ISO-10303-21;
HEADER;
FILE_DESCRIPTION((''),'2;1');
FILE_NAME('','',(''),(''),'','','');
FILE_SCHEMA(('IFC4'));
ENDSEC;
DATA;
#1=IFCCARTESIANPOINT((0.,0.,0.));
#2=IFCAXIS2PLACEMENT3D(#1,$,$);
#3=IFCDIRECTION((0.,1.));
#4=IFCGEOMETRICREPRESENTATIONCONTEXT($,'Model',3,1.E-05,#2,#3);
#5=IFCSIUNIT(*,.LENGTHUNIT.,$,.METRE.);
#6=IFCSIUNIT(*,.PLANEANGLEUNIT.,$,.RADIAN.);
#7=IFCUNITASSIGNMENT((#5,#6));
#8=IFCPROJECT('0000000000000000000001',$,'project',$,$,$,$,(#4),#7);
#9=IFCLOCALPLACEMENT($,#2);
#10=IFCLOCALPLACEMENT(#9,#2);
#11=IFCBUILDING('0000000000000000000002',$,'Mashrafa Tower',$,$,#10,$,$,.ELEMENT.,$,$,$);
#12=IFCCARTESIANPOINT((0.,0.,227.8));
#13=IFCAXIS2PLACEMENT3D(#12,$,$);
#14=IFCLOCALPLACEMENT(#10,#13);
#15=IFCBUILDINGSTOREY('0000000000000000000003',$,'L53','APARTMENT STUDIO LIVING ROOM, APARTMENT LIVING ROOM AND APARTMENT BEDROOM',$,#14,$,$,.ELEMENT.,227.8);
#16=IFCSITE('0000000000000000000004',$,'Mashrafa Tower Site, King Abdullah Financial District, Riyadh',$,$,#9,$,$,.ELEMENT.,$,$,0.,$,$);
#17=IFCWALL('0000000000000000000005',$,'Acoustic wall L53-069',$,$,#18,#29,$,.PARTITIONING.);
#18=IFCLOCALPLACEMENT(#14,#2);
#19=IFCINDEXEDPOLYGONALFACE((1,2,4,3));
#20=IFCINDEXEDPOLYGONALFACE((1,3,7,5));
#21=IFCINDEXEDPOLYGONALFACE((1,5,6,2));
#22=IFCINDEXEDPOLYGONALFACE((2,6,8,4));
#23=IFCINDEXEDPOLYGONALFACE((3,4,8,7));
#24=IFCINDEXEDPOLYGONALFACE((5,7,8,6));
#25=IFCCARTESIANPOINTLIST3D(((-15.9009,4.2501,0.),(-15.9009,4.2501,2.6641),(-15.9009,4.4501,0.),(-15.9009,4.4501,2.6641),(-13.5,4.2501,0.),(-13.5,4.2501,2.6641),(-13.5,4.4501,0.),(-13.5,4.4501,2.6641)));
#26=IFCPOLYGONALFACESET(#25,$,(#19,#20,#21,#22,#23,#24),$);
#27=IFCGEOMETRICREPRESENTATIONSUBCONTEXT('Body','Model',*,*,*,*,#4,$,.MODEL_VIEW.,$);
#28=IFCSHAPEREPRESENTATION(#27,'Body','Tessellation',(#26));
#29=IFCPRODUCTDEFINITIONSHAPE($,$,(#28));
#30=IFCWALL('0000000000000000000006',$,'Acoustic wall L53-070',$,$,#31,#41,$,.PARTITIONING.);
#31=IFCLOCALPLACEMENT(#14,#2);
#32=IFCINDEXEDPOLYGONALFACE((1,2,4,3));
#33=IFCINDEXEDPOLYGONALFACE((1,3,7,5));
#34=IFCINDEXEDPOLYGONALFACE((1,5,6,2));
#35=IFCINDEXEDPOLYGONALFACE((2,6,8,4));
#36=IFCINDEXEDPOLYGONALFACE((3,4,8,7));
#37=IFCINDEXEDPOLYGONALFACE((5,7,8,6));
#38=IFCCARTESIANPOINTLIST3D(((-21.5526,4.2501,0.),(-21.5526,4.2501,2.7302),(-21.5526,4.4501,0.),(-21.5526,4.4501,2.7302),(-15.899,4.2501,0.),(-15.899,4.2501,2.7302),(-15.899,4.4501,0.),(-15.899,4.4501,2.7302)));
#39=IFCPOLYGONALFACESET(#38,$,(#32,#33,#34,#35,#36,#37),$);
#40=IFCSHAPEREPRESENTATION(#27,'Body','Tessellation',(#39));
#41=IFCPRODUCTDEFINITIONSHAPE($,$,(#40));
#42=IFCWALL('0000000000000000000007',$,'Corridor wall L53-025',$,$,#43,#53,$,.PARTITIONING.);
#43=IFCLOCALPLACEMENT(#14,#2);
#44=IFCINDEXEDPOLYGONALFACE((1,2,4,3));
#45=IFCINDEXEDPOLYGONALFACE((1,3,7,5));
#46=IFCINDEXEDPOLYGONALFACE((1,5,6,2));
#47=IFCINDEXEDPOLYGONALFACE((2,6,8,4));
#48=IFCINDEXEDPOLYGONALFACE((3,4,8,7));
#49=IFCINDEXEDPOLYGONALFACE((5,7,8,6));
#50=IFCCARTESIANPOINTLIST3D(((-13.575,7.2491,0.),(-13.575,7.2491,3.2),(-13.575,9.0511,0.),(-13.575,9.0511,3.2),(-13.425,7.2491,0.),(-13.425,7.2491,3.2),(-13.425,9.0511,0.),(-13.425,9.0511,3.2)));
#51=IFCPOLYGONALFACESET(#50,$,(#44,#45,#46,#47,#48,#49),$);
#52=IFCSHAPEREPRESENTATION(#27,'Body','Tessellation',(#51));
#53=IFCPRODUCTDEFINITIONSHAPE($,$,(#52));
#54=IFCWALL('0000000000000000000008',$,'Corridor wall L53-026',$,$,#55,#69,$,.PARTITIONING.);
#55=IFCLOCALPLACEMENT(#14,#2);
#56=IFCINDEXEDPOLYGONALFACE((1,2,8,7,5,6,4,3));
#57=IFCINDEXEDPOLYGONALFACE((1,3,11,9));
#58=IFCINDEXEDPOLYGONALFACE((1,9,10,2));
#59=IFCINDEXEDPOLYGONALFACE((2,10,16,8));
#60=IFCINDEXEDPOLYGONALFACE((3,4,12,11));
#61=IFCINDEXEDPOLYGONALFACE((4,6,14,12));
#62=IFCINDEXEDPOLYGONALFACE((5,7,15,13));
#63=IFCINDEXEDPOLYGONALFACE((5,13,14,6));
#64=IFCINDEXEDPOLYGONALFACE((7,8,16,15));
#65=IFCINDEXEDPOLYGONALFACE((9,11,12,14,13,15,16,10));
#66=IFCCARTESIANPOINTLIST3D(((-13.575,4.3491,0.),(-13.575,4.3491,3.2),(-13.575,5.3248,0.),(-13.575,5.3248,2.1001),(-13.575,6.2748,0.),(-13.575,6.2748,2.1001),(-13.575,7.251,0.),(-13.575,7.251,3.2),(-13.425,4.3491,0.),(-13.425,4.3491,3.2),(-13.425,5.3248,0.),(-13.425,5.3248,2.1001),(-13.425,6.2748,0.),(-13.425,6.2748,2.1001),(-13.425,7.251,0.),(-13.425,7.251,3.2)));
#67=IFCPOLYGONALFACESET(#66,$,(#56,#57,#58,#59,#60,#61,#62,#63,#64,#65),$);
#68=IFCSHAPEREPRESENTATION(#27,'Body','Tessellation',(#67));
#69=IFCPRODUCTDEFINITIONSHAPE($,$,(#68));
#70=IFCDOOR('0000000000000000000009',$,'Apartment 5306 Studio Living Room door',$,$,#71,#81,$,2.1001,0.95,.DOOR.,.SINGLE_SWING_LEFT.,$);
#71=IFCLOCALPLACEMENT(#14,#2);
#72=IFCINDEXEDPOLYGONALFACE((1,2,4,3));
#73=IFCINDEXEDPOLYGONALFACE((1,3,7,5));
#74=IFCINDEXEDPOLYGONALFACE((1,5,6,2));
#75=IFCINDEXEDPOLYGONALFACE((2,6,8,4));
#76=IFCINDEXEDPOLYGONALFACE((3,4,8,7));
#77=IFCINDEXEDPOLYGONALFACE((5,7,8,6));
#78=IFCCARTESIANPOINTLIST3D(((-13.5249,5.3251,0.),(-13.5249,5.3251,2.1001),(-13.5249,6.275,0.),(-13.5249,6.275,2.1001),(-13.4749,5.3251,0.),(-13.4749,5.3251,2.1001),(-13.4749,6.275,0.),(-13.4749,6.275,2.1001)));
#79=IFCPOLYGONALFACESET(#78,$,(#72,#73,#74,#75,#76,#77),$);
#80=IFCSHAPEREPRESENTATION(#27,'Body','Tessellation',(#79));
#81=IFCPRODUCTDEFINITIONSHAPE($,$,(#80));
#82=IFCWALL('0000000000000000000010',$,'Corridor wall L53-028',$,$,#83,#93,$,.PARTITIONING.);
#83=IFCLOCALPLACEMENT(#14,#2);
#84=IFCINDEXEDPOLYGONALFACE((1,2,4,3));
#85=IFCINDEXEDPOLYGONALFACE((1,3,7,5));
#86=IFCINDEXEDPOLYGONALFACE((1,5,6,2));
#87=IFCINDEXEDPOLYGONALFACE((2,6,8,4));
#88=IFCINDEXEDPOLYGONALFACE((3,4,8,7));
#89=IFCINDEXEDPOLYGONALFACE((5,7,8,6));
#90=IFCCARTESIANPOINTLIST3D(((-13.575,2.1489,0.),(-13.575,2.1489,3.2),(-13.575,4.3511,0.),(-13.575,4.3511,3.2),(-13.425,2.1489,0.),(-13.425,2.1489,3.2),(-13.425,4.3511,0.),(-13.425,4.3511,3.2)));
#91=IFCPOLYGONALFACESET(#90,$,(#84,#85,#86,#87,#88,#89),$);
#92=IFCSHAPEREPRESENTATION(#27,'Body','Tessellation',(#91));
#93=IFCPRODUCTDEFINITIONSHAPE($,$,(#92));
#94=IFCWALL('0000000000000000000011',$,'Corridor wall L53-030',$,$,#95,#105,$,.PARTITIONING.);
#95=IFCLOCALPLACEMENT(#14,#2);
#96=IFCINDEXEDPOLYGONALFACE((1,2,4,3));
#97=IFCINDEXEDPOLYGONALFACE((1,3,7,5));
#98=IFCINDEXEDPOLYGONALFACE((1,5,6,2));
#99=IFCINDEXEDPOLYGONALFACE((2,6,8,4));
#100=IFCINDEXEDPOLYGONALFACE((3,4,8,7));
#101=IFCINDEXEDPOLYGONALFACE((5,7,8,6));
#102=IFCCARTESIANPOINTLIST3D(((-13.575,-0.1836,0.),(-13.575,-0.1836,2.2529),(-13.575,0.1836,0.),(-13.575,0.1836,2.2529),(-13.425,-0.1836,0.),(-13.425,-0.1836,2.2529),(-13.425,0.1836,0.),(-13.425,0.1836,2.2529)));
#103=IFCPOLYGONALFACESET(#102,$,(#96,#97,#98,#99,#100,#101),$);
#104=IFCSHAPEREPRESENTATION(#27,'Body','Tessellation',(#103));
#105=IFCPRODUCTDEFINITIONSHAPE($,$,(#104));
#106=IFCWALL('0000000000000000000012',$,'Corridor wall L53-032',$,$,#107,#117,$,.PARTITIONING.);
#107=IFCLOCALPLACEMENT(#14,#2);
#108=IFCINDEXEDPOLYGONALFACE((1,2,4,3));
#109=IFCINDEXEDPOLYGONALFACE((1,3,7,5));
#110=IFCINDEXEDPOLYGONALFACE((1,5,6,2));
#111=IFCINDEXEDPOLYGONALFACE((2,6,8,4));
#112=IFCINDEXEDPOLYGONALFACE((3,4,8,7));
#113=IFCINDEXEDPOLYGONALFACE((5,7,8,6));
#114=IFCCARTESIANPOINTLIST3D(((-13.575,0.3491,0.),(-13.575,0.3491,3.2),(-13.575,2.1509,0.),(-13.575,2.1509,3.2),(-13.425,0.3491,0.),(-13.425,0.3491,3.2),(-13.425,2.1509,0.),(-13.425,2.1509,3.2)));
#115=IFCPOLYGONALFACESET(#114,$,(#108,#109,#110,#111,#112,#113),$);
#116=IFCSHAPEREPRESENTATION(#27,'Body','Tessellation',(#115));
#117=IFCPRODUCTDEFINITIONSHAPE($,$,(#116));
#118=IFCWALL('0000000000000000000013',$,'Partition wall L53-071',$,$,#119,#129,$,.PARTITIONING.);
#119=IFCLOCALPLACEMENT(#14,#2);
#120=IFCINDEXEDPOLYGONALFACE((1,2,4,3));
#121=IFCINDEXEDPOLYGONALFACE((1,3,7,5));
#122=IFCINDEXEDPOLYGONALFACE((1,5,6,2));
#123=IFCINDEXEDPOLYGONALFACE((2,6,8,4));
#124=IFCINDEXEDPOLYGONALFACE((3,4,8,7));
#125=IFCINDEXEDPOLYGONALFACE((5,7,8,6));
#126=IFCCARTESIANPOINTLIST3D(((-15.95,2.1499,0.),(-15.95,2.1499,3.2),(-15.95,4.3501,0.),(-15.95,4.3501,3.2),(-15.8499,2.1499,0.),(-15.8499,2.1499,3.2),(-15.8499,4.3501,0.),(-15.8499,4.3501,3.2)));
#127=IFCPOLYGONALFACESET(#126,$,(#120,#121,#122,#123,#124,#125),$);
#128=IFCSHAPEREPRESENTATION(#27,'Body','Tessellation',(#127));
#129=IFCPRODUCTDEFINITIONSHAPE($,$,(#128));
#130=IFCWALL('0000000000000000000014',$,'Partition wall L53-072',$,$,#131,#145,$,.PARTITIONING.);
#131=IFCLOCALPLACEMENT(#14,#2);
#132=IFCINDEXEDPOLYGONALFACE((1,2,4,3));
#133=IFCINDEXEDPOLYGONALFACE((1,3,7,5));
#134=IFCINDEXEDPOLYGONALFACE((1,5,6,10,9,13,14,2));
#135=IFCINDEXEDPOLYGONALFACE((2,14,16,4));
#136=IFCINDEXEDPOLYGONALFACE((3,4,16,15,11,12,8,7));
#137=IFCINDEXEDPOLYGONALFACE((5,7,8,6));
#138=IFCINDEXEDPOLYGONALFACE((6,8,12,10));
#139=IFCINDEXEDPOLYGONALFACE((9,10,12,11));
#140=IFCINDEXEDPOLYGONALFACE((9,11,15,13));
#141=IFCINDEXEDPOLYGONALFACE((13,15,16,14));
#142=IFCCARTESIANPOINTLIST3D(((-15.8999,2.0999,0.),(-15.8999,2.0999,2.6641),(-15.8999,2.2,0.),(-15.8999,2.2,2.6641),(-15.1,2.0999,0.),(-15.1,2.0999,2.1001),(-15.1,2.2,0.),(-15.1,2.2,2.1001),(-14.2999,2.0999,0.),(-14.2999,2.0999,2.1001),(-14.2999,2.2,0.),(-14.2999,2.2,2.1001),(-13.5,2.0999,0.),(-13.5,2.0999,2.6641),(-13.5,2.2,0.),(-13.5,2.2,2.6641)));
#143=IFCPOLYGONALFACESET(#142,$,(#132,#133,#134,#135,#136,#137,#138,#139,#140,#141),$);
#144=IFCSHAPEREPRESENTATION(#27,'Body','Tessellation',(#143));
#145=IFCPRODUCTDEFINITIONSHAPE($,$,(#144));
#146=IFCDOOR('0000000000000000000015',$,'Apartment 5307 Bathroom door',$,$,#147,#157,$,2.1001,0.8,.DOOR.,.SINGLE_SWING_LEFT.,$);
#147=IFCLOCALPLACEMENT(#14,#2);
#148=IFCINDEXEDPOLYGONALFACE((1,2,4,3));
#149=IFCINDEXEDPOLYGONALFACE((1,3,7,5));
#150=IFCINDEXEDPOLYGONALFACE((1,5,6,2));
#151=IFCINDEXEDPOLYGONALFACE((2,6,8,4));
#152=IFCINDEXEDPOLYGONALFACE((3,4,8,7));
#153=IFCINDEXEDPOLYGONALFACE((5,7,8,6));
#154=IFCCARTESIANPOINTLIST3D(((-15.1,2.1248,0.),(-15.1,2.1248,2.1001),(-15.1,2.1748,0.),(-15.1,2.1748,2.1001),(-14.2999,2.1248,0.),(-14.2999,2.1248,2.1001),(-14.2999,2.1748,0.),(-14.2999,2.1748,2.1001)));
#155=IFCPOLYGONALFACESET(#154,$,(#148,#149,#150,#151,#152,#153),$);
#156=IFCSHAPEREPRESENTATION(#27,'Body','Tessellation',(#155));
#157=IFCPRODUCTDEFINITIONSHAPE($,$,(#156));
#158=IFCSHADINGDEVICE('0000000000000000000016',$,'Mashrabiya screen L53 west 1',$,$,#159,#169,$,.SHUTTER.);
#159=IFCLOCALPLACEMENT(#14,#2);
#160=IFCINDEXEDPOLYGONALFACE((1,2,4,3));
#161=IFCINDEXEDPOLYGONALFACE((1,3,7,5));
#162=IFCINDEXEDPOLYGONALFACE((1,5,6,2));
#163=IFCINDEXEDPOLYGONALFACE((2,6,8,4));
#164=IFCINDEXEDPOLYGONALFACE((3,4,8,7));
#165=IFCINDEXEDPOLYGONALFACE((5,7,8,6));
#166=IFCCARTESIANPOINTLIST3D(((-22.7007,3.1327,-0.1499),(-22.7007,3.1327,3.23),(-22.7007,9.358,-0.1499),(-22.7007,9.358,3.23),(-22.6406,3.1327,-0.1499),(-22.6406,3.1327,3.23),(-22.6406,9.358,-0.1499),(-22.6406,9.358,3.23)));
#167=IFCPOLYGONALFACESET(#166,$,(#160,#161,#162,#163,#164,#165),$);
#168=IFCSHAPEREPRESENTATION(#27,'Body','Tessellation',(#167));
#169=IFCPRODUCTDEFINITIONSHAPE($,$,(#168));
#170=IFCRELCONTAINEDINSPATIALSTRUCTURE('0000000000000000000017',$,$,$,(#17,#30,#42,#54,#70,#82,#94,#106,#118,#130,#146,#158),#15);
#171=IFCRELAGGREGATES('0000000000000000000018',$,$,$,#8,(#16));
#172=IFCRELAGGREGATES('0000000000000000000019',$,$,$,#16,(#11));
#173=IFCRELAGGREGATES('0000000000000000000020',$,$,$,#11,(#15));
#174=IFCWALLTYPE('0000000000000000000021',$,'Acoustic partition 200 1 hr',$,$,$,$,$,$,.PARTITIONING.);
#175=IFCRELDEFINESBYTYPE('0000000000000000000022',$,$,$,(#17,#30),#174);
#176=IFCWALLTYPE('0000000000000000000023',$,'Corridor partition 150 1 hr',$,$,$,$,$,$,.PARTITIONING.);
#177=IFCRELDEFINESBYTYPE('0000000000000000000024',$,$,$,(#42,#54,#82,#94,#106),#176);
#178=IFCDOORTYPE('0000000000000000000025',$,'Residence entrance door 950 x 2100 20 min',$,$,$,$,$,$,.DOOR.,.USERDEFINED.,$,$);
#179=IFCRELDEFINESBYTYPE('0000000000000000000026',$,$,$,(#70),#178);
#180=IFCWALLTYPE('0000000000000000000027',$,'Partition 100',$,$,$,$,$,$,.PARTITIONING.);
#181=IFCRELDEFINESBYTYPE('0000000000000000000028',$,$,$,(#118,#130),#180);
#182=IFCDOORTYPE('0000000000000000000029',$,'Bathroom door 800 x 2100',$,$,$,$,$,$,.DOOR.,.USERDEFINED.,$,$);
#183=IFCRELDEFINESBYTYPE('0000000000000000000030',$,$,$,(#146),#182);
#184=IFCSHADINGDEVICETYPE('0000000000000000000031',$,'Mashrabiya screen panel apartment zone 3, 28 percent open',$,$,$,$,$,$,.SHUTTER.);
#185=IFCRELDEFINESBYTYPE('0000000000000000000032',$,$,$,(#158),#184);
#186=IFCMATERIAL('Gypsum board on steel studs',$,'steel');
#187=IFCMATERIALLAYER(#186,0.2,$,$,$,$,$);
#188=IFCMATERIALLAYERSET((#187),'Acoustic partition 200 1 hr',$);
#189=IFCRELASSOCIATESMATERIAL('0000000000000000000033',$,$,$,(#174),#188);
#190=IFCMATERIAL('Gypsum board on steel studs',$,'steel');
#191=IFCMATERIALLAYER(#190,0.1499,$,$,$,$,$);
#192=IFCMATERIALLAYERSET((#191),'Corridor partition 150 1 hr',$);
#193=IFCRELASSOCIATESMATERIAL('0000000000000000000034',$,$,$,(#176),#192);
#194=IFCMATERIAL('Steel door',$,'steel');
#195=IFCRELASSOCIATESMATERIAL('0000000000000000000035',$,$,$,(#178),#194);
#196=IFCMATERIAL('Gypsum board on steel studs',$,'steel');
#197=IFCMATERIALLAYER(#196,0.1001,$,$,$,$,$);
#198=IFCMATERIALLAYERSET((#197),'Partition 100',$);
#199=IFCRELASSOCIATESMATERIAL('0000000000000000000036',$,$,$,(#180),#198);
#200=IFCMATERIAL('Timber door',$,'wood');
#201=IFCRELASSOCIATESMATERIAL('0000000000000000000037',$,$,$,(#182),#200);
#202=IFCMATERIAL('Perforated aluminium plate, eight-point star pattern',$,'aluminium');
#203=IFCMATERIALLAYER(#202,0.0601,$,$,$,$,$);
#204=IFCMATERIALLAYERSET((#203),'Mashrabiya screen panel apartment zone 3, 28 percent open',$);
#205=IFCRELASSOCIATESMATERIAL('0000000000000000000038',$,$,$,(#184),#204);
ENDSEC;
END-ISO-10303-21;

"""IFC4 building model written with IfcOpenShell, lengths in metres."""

from ifc_helpers import new_model, si_unit, direction, frame, frame_2d, origin, origin_2d, place, context, subcontext, project, spatial, rectangle, extrude, source, transform, mapped, material, layer, layer_set, type_object, type_shapes, element, fill, save


model = new_model("IFC4")

# Units and contexts
model_context = context("Model", 3, precision=1e-05, world=origin(), true_north=direction((0.0, 1.0)))
body_context = subcontext(model_context, "Body", "Model", "MODEL_VIEW")
ifc_project = project(units=[si_unit("LENGTHUNIT", "METRE"), si_unit("PLANEANGLEUNIT", "RADIAN")], contexts=[model_context])

# Site, building, storey
site_placement = place(None, origin())
site = spatial("IfcSite", under=ifc_project, at=site_placement, Name="Mashrafa Tower Site, King Abdullah Financial District, Riyadh", CompositionType="ELEMENT", RefElevation=0.0)
building_placement = place(site_placement, origin())
building = spatial("IfcBuilding", under=site, at=building_placement, Name="Mashrafa Tower", CompositionType="ELEMENT")
storey_placement = place(building_placement, frame((0.0, 0.0, 227.8)))
storey = spatial("IfcBuildingStorey", under=building, at=storey_placement, Name="L53", Description="APARTMENT STUDIO LIVING ROOM, APARTMENT LIVING ROOM AND APARTMENT BEDROOM", CompositionType="ELEMENT", Elevation=227.8)

# Walls
ifc_material_1 = material(Name="Gypsum board on steel studs", Category="steel")
ifc_layer_1 = layer(ifc_material_1, 0.2)
ifc_layer_set_1 = layer_set([ifc_layer_1], Name="Acoustic partition 200 1 hr")
wall_type_1 = type_object("IfcWallType", Name="Acoustic partition 200 1 hr", PredefinedType="PARTITIONING", material=ifc_layer_set_1)
wall_1_placement = place(storey_placement, frame((-15.9009, 4.3501, 0.0), z_axis=(0.0, 0.0, 1.0), x_axis=(1.0, 0.0, 0.0)))
element("IfcWall", 1, at=wall_1_placement, inside=storey, type_object=wall_type_1, Name="Acoustic wall L53-069", PredefinedType="PARTITIONING", context=body_context, shape_type="SweptSolid", body=[
    extrude(rectangle(XDim=2.4009, YDim=0.2, at=frame_2d((1.2004, 0.0))), origin(), (0.0, 0.0, 1.0), 2.6641),
])
wall_2_placement = place(storey_placement, frame((-21.5525, 4.3501, 0.0), z_axis=(0.0, 0.0, 1.0), x_axis=(1.0, 0.0, 0.0)))
element("IfcWall", 2, at=wall_2_placement, inside=storey, type_object=wall_type_1, Name="Acoustic wall L53-070", PredefinedType="PARTITIONING", context=body_context, shape_type="SweptSolid", body=[
    extrude(rectangle(XDim=5.6536, YDim=0.2, at=frame_2d((2.8267, 0.0))), origin(), (0.0, 0.0, 1.0), 2.7302),
])
ifc_material_2 = material(Name="Gypsum board on steel studs", Category="steel")
ifc_layer_2 = layer(ifc_material_2, 0.1499)
ifc_layer_set_2 = layer_set([ifc_layer_2], Name="Corridor partition 150 1 hr")
wall_type_2 = type_object("IfcWallType", Name="Corridor partition 150 1 hr", PredefinedType="PARTITIONING", material=ifc_layer_set_2)
wall_3_placement = place(storey_placement, frame((-13.5, 9.051, 0.0), z_axis=(0.0, 0.0, 1.0), x_axis=(0.0, -1.0, 0.0)))
element("IfcWall", 3, at=wall_3_placement, inside=storey, type_object=wall_type_2, Name="Corridor wall L53-025", PredefinedType="PARTITIONING", context=body_context, shape_type="SweptSolid", body=[
    extrude(rectangle(XDim=1.802, YDim=0.1499, at=frame_2d((0.9009, 0.0))), origin(), (0.0, 0.0, 1.0), 3.2),
])

# Wall, opening, door
wall_4_placement = place(storey_placement, frame((-13.5, 7.251, 0.0), z_axis=(0.0, 0.0, 1.0), x_axis=(0.0, -1.0, 0.0)))
wall_4 = element("IfcWall", 4, at=wall_4_placement, inside=storey, type_object=wall_type_2, Name="Corridor wall L53-026", PredefinedType="PARTITIONING", context=body_context, shape_type="SweptSolid", body=[
    extrude(rectangle(XDim=2.9019, YDim=0.1499, at=frame_2d((1.4509, 0.0))), origin(), (0.0, 0.0, 1.0), 3.2),
])
opening_1_placement = place(wall_4_placement, frame((0.9761, 0.0, 0.0)))
opening_1 = element("IfcOpeningElement", 5, at=opening_1_placement, cuts=wall_4, PredefinedType="OPENING", context=body_context, shape_type="SweptSolid", body=[
    extrude(rectangle(XDim=0.95, YDim=2.1001, at=frame_2d((0.4751, 1.05))), frame((0.0, 0.085, 0.0), z_axis=(0.0, -1.0, 0.0), x_axis=(1.0, 0.0, 0.0)), (0.0, 0.0, 1.0), 0.1699),
])
ifc_material_3 = material(Name="Steel door", Category="steel")
door_type_1 = type_object("IfcDoorType", Name="Residence entrance door 950 x 2100 20 min", OperationType="USERDEFINED", PredefinedType="DOOR", material=ifc_material_3)
door_1_placement = place(opening_1_placement, frame((0.95, 0.0, 0.0), z_axis=(0.0, 0.0, 1.0), x_axis=(-1.0, 0.0, 0.0)))
door_1 = element("IfcDoor", 6, at=door_1_placement, inside=storey, type_object=door_type_1, Name="Apartment 5306 Studio Living Room door", OperationType="SINGLE_SWING_LEFT", OverallHeight=2.1001, OverallWidth=0.95, PredefinedType="DOOR", context=body_context, shape_type="SweptSolid", body=[
    extrude(rectangle(XDim=0.95, YDim=2.1001, at=frame_2d((0.4751, 1.05))), frame((0.0, 0.0249, 0.0), z_axis=(0.0, -1.0, 0.0), x_axis=(1.0, 0.0, 0.0)), (0.0, 0.0, 1.0), 0.05),
])
fill(opening_1, door_1)

# Walls
wall_5_placement = place(storey_placement, frame((-13.5, 4.3511, 0.0), z_axis=(0.0, 0.0, 1.0), x_axis=(0.0, -1.0, 0.0)))
element("IfcWall", 7, at=wall_5_placement, inside=storey, type_object=wall_type_2, Name="Corridor wall L53-028", PredefinedType="PARTITIONING", context=body_context, shape_type="SweptSolid", body=[
    extrude(rectangle(XDim=2.2021, YDim=0.1499, at=frame_2d((1.1011, 0.0))), origin(), (0.0, 0.0, 1.0), 3.2),
])
wall_6_placement = place(storey_placement, frame((-13.5, 0.1836, 0.0), z_axis=(0.0, 0.0, 1.0), x_axis=(0.0, -1.0, 0.0)))
element("IfcWall", 8, at=wall_6_placement, inside=storey, type_object=wall_type_2, Name="Corridor wall L53-030", PredefinedType="PARTITIONING", context=body_context, shape_type="SweptSolid", body=[
    extrude(rectangle(XDim=0.3672, YDim=0.1499, at=frame_2d((0.1836, 0.0))), origin(), (0.0, 0.0, 1.0), 2.2529),
])
wall_7_placement = place(storey_placement, frame((-13.5, 2.1509, 0.0), z_axis=(0.0, 0.0, 1.0), x_axis=(0.0, -1.0, 0.0)))
element("IfcWall", 9, at=wall_7_placement, inside=storey, type_object=wall_type_2, Name="Corridor wall L53-032", PredefinedType="PARTITIONING", context=body_context, shape_type="SweptSolid", body=[
    extrude(rectangle(XDim=1.8018, YDim=0.1499, at=frame_2d((0.9009, 0.0))), origin(), (0.0, 0.0, 1.0), 3.2),
])
ifc_material_4 = material(Name="Gypsum board on steel studs", Category="steel")
ifc_layer_3 = layer(ifc_material_4, 0.1001)
ifc_layer_set_3 = layer_set([ifc_layer_3], Name="Partition 100")
wall_type_3 = type_object("IfcWallType", Name="Partition 100", PredefinedType="PARTITIONING", material=ifc_layer_set_3)
wall_8_placement = place(storey_placement, frame((-15.8999, 4.3501, 0.0), z_axis=(0.0, 0.0, 1.0), x_axis=(0.0, -1.0, 0.0)))
element("IfcWall", 10, at=wall_8_placement, inside=storey, type_object=wall_type_3, Name="Partition wall L53-071", PredefinedType="PARTITIONING", context=body_context, shape_type="SweptSolid", body=[
    extrude(rectangle(XDim=2.2002, YDim=0.1001, at=frame_2d((1.1001, 0.0))), origin(), (0.0, 0.0, 1.0), 3.2),
])

# Wall, opening, door
wall_9_placement = place(storey_placement, frame((-15.8999, 2.1499, 0.0), z_axis=(0.0, 0.0, 1.0), x_axis=(1.0, 0.0, 0.0)))
wall_9 = element("IfcWall", 11, at=wall_9_placement, inside=storey, type_object=wall_type_3, Name="Partition wall L53-072", PredefinedType="PARTITIONING", context=body_context, shape_type="SweptSolid", body=[
    extrude(rectangle(XDim=2.3999, YDim=0.1001, at=frame_2d((1.2, 0.0))), origin(), (0.0, 0.0, 1.0), 2.6641),
])
opening_2_placement = place(wall_9_placement, frame((0.8, 0.0, 0.0)))
opening_2 = element("IfcOpeningElement", 12, at=opening_2_placement, cuts=wall_9, PredefinedType="OPENING", context=body_context, shape_type="SweptSolid", body=[
    extrude(rectangle(XDim=0.8, YDim=2.1001, at=frame_2d((0.3999, 1.05))), frame((0.0, 0.0601, 0.0), z_axis=(0.0, -1.0, 0.0), x_axis=(1.0, 0.0, 0.0)), (0.0, 0.0, 1.0), 0.1201),
])
ifc_material_5 = material(Name="Timber door", Category="wood")
door_type_2 = type_object("IfcDoorType", Name="Bathroom door 800 x 2100", OperationType="USERDEFINED", PredefinedType="DOOR", material=ifc_material_5)
door_2_placement = place(opening_2_placement, origin())
door_2 = element("IfcDoor", 13, at=door_2_placement, inside=storey, type_object=door_type_2, Name="Apartment 5307 Bathroom door", OperationType="SINGLE_SWING_LEFT", OverallHeight=2.1001, OverallWidth=0.8, PredefinedType="DOOR", context=body_context, shape_type="SweptSolid", body=[
    extrude(rectangle(XDim=0.8, YDim=2.1001, at=frame_2d((0.3999, 1.05))), frame((0.0, 0.0249, 0.0), z_axis=(0.0, -1.0, 0.0), x_axis=(1.0, 0.0, 0.0)), (0.0, 0.0, 1.0), 0.05),
])
fill(opening_2, door_2)

# Shading device
ifc_material_6 = material(Name="Perforated aluminium plate, eight-point star pattern", Category="aluminium")
ifc_layer_4 = layer(ifc_material_6, 0.0601)
ifc_layer_set_4 = layer_set([ifc_layer_4], Name="Mashrabiya screen panel apartment zone 3, 28 percent open")
shading_device_type = type_object("IfcShadingDeviceType", Name="Mashrabiya screen panel apartment zone 3, 28 percent open", PredefinedType="SHUTTER", material=ifc_layer_set_4)
shared_shape_1 = source(origin(), body_context, "Body", "SweptSolid", [
    extrude(rectangle(XDim=6.2253, YDim=0.0601, at=origin_2d()), origin(), (0.0, 0.0, 1.0), 3.3799),
])
type_shapes(shading_device_type, [shared_shape_1])
shading_device_placement = place(storey_placement, frame((-22.6707, 6.2454, -0.1499), z_axis=(0.0, 0.0, 1.0), x_axis=(0.0, -1.0, 0.0)))
element("IfcShadingDevice", 14, at=shading_device_placement, inside=storey, type_object=shading_device_type, Name="Mashrabiya screen L53 west 1", PredefinedType="SHUTTER", context=body_context, shape_type="MappedRepresentation", body=[
    mapped(shared_shape_1, transform((0.0, 0.0, 0.0))),
])

save(model, "model.ifc")
